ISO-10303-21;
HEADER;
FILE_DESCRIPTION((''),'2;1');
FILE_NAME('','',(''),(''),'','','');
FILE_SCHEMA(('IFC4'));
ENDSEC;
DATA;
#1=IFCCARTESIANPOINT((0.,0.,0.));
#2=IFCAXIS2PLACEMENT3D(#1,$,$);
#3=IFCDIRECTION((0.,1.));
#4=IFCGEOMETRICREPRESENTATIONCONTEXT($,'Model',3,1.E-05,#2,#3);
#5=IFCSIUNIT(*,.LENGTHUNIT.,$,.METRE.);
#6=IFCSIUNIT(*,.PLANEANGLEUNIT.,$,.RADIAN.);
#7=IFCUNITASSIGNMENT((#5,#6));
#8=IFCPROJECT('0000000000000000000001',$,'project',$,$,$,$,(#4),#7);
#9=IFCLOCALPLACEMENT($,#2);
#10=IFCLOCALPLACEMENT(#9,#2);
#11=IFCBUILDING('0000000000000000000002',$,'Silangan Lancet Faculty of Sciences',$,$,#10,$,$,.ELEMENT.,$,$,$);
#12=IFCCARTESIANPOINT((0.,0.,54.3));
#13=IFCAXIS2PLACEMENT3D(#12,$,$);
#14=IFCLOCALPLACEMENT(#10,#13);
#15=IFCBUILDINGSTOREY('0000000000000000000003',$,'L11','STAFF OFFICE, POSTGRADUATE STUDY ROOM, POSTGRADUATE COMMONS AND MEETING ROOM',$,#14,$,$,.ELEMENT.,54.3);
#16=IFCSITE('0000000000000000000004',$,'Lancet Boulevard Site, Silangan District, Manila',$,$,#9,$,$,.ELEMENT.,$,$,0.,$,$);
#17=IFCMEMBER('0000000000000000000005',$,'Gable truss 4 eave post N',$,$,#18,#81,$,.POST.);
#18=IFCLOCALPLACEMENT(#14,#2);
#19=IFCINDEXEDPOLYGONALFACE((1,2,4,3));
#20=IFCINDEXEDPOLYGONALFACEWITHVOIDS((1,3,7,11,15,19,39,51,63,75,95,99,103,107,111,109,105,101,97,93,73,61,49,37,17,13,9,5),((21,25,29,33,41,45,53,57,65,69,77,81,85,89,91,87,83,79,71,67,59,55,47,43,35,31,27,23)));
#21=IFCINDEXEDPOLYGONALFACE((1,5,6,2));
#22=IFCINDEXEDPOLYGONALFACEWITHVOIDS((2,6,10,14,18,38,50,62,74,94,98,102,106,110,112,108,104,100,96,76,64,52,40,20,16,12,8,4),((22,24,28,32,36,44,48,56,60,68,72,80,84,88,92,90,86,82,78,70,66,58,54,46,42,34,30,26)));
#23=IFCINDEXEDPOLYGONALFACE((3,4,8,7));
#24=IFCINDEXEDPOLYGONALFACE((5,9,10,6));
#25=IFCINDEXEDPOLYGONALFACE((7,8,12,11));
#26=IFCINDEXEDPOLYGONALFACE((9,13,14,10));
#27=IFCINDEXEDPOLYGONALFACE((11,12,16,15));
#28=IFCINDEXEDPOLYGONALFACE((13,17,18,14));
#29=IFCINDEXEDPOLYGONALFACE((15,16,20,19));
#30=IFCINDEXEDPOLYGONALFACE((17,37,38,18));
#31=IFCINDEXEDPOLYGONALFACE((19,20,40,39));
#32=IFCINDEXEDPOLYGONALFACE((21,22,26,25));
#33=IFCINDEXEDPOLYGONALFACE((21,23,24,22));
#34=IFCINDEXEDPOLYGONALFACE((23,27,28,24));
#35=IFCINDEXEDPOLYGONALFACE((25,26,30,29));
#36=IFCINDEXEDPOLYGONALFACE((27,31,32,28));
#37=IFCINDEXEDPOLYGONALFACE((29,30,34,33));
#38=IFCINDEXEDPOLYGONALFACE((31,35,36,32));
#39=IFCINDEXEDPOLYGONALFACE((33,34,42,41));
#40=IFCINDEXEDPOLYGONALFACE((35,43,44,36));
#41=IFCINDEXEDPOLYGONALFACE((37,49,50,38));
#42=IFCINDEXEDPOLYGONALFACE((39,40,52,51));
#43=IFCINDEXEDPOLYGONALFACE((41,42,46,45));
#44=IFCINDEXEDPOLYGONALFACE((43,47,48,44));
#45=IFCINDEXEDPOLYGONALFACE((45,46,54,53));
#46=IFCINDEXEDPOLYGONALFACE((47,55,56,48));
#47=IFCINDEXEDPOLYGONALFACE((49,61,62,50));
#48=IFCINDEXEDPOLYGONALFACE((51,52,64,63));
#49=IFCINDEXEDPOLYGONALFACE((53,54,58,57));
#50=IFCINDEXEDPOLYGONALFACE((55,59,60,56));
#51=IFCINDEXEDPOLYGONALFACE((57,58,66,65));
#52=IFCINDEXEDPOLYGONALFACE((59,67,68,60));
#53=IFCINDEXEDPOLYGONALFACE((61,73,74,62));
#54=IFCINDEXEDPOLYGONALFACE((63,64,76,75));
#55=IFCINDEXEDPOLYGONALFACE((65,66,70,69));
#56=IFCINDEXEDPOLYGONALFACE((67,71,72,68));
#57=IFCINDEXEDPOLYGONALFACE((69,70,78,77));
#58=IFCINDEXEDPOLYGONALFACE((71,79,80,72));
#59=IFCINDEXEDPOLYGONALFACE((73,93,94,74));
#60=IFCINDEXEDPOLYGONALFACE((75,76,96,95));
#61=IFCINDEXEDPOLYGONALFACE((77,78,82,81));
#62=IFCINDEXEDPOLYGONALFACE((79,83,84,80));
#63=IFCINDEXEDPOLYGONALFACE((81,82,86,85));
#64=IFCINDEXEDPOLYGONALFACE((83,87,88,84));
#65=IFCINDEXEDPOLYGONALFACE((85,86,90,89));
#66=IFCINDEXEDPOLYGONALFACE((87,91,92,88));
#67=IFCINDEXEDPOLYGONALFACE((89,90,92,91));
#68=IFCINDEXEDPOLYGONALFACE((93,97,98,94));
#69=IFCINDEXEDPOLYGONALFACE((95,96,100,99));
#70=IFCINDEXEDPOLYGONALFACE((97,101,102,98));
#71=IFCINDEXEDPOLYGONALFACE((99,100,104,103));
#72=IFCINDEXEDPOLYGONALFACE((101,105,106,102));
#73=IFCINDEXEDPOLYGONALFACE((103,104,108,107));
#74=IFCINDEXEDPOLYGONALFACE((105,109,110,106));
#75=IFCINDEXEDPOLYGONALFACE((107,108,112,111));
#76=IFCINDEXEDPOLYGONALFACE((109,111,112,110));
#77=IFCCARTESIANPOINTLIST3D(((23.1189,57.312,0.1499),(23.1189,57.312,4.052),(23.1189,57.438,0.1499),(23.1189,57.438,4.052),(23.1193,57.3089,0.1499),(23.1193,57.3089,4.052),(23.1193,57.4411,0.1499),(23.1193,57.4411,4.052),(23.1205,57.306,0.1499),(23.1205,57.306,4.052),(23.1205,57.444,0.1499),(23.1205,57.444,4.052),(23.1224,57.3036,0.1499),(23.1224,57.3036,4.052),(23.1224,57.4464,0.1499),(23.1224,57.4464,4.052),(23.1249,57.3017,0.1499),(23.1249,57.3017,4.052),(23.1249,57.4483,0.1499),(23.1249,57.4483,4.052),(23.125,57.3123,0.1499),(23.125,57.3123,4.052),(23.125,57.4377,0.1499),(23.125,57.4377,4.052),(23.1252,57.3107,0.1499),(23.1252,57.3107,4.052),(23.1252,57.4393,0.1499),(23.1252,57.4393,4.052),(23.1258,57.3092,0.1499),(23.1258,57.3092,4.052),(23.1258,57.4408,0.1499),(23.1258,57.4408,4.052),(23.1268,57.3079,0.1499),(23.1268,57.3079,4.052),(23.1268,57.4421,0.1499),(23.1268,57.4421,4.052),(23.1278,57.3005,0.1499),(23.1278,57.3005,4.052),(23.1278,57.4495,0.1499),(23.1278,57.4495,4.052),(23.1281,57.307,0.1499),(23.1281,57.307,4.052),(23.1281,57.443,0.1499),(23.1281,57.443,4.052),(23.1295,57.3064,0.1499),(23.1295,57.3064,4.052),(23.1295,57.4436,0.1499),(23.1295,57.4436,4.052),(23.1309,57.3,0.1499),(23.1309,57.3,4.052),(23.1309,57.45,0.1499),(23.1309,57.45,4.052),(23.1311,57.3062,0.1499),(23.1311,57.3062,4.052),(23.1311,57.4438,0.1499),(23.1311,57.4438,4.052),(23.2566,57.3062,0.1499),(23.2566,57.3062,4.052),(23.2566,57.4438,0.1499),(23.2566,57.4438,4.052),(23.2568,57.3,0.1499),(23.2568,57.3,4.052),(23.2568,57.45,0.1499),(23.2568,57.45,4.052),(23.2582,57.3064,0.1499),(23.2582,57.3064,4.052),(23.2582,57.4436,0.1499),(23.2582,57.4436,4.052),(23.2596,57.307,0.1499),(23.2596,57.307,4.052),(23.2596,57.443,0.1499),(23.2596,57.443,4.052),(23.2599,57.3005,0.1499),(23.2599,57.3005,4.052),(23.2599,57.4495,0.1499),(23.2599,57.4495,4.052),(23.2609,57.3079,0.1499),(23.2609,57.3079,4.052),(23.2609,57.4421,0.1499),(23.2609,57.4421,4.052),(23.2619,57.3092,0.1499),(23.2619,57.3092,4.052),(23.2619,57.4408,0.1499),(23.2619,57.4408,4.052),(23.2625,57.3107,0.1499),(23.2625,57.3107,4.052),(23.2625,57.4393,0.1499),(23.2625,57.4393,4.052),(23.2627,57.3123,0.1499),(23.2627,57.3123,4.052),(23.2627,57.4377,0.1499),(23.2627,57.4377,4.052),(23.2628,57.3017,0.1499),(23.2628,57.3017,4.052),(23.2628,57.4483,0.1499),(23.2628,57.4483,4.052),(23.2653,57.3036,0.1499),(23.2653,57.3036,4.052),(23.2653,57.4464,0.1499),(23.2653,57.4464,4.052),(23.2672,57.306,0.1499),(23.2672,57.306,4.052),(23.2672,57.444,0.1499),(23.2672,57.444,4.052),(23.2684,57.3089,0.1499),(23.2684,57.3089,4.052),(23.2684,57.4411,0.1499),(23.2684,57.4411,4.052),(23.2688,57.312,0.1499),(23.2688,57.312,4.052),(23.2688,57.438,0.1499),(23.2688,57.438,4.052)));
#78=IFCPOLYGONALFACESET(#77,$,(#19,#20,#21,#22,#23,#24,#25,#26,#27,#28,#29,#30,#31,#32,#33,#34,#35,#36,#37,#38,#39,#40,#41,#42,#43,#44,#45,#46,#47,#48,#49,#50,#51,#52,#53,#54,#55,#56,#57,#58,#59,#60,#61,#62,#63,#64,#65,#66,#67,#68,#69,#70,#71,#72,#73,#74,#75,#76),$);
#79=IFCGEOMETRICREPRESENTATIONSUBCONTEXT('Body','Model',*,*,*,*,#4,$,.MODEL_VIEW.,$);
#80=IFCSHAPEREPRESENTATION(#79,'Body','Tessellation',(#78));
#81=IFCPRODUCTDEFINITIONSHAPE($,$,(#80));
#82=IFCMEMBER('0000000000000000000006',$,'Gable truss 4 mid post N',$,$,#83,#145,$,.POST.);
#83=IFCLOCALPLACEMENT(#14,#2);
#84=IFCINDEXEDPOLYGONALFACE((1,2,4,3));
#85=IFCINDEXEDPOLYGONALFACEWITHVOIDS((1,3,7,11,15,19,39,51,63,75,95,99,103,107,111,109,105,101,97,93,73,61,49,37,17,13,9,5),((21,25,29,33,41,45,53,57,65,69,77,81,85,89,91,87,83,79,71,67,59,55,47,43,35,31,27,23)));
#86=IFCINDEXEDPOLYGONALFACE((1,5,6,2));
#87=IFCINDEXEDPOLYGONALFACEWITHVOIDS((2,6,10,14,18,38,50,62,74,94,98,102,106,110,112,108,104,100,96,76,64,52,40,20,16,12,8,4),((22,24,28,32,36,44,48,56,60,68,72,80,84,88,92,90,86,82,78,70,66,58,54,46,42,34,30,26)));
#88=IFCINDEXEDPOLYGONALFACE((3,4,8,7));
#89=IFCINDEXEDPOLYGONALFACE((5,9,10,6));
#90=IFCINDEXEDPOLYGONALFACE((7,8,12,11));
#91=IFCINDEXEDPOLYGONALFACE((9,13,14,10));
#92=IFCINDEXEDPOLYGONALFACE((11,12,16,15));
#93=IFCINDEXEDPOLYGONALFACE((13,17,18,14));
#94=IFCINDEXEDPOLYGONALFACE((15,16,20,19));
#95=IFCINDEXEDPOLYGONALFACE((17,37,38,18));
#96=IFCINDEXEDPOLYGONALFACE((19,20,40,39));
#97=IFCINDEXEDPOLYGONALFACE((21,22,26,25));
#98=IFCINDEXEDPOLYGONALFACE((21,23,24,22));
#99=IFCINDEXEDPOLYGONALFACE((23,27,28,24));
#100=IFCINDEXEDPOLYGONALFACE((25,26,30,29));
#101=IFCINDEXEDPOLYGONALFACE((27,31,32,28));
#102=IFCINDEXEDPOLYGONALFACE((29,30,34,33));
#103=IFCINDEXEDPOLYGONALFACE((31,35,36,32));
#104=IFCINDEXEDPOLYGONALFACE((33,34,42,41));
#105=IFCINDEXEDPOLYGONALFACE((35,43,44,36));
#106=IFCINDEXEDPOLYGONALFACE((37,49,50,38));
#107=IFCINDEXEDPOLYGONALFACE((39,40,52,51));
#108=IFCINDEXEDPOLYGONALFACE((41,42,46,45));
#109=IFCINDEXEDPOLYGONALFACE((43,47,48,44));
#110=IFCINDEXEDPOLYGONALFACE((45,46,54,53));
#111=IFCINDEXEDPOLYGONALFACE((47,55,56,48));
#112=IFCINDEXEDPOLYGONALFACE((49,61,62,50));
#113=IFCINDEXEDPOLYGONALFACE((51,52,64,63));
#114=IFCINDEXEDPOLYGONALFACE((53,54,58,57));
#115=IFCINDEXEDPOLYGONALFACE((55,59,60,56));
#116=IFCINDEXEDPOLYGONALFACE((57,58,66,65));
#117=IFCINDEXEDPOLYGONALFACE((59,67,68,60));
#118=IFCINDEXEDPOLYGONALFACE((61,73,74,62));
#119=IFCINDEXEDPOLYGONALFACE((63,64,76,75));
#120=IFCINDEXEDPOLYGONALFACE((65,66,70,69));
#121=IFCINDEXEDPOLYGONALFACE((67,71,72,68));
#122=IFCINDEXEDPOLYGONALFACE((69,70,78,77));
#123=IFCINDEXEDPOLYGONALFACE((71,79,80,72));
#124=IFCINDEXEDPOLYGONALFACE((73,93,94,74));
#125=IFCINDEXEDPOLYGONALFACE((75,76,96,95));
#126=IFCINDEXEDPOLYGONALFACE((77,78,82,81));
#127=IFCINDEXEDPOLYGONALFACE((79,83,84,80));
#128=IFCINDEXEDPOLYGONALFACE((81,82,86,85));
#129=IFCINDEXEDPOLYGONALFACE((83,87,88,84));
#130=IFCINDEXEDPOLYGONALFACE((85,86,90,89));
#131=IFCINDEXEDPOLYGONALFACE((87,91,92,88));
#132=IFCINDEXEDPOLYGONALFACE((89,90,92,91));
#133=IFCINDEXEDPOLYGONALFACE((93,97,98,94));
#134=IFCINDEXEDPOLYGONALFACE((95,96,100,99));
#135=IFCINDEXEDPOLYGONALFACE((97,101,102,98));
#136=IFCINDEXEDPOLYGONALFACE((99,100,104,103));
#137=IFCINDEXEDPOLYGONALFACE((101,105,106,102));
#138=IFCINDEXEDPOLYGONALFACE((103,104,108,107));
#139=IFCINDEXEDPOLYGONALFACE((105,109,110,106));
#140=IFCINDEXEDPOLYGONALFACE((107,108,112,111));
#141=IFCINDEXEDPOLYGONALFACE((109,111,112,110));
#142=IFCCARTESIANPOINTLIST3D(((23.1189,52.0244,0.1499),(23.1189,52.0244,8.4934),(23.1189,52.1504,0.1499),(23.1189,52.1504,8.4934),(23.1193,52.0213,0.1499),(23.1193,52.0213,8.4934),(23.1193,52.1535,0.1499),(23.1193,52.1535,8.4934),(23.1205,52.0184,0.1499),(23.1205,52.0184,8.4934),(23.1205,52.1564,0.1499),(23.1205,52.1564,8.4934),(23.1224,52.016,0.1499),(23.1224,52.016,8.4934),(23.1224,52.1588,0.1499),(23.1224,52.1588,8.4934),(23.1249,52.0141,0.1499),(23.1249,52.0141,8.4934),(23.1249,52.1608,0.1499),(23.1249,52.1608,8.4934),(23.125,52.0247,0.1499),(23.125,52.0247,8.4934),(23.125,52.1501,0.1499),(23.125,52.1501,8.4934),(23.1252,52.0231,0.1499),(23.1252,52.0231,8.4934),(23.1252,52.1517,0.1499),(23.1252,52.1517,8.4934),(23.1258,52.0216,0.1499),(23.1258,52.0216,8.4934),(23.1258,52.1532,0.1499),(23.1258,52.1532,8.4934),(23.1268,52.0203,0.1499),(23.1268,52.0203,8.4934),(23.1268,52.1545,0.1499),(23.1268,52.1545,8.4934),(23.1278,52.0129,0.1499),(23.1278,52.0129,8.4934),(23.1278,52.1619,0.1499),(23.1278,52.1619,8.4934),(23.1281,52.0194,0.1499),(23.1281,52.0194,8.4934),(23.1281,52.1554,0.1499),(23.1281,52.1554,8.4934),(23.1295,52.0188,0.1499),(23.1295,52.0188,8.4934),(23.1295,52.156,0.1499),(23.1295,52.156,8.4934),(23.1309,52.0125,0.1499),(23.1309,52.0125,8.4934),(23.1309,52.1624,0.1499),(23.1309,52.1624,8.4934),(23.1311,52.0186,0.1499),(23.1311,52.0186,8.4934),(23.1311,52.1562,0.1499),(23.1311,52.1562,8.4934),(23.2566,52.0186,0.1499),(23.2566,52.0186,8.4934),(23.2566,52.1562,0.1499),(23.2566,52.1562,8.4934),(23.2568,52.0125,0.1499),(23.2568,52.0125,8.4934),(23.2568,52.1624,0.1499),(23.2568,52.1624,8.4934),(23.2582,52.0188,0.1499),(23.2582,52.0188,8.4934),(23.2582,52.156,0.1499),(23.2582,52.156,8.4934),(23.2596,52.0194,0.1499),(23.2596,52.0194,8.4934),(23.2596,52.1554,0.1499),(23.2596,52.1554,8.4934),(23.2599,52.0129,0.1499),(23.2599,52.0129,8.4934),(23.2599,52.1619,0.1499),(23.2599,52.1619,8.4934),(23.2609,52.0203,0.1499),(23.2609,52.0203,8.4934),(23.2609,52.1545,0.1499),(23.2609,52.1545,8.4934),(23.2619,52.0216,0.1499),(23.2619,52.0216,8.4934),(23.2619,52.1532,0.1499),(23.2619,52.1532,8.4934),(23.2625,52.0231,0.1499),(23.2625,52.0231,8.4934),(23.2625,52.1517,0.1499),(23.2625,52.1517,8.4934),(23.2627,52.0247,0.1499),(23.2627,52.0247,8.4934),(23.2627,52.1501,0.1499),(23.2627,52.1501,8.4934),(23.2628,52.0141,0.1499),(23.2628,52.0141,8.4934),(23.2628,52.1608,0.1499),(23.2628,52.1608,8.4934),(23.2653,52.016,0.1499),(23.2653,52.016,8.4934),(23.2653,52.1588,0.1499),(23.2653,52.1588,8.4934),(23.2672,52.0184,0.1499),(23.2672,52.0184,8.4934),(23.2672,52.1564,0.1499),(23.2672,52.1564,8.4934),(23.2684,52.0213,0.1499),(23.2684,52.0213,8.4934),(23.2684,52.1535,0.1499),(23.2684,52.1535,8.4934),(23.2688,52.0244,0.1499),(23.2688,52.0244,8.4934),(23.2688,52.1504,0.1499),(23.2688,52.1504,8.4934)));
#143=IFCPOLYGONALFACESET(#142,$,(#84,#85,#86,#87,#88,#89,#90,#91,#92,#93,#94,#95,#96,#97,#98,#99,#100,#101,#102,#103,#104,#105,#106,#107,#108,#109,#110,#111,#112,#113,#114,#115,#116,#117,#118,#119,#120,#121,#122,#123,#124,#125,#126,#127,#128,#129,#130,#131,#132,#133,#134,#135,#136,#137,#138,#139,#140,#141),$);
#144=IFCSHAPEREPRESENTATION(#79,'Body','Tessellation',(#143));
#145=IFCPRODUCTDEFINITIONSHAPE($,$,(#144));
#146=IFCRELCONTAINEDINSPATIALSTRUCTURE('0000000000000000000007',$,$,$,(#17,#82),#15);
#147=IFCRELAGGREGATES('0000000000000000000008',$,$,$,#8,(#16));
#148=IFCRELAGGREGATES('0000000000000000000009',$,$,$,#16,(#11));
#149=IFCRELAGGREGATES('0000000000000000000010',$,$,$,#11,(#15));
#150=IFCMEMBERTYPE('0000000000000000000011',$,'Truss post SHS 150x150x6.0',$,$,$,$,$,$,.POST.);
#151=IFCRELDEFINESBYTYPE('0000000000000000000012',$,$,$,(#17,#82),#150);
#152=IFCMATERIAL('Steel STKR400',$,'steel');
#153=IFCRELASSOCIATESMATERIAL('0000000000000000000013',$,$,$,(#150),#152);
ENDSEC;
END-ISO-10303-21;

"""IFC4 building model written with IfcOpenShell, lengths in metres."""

from ifc_helpers import new_model, si_unit, direction, frame, origin, origin_2d, place, context, subcontext, project, spatial, hollow_rectangle, extrude, material, material_profile, profile_set, type_object, element, save


model = new_model("IFC4")

# Units and contexts
model_context = context("Model", 3, precision=1e-05, world=origin(), true_north=direction((0.0, 1.0)))
body_context = subcontext(model_context, "Body", "Model", "MODEL_VIEW")
ifc_project = project(units=[si_unit("LENGTHUNIT", "METRE"), si_unit("PLANEANGLEUNIT", "RADIAN")], contexts=[model_context])

# Site, building, storey
site_placement = place(None, origin())
site = spatial("IfcSite", under=ifc_project, at=site_placement, Name="Lancet Boulevard Site, Silangan District, Manila", CompositionType="ELEMENT", RefElevation=0.0)
building_placement = place(site_placement, origin())
building = spatial("IfcBuilding", under=site, at=building_placement, Name="Silangan Lancet Faculty of Sciences", CompositionType="ELEMENT")
storey_placement = place(building_placement, frame((0.0, 0.0, 54.3)))
storey = spatial("IfcBuildingStorey", under=building, at=storey_placement, Name="L11", Description="STAFF OFFICE, POSTGRADUATE STUDY ROOM, POSTGRADUATE COMMONS AND MEETING ROOM", CompositionType="ELEMENT", Elevation=54.3)

# Members
ifc_material_1 = material(Name="Steel STKR400", Category="steel")
ifc_material_profile_1 = material_profile(ifc_material_1, hollow_rectangle(XDim=0.1499, YDim=0.1499, WallThickness=0.0061, InnerFilletRadius=0.0061, OuterFilletRadius=0.012, at=origin_2d()), Name="SHS 150x150x6.0")
ifc_profile_set_1 = profile_set([ifc_material_profile_1], Name="Steel STKR400")
member_type_1 = type_object("IfcMemberType", Name="Truss post SHS 150x150x6.0", PredefinedType="POST", material=ifc_profile_set_1)
member_1_placement = place(storey_placement, frame((23.1938, 57.375, 0.1499), z_axis=(0.0, 0.0, 1.0), x_axis=(1.0, 0.0, 0.0)))
element("IfcMember", 1, at=member_1_placement, inside=storey, type_object=member_type_1, Name="Gable truss 4 eave post N", PredefinedType="POST", context=body_context, shape_type="SweptSolid", body=[
    extrude(hollow_rectangle(XDim=0.1499, YDim=0.1499, WallThickness=0.0061, InnerFilletRadius=0.0061, OuterFilletRadius=0.012, at=origin_2d()), origin(), (0.0, 0.0, 1.0), 3.9021),
])
member_2_placement = place(storey_placement, frame((23.1938, 52.0874, 0.1499), z_axis=(0.0, 0.0, 1.0), x_axis=(1.0, 0.0, 0.0)))
element("IfcMember", 2, at=member_2_placement, inside=storey, type_object=member_type_1, Name="Gable truss 4 mid post N", PredefinedType="POST", context=body_context, shape_type="SweptSolid", body=[
    extrude(hollow_rectangle(XDim=0.1499, YDim=0.1499, WallThickness=0.0061, InnerFilletRadius=0.0061, OuterFilletRadius=0.012, at=origin_2d()), origin(), (0.0, 0.0, 1.0), 8.3435),
])

save(model, "model.ifc")
